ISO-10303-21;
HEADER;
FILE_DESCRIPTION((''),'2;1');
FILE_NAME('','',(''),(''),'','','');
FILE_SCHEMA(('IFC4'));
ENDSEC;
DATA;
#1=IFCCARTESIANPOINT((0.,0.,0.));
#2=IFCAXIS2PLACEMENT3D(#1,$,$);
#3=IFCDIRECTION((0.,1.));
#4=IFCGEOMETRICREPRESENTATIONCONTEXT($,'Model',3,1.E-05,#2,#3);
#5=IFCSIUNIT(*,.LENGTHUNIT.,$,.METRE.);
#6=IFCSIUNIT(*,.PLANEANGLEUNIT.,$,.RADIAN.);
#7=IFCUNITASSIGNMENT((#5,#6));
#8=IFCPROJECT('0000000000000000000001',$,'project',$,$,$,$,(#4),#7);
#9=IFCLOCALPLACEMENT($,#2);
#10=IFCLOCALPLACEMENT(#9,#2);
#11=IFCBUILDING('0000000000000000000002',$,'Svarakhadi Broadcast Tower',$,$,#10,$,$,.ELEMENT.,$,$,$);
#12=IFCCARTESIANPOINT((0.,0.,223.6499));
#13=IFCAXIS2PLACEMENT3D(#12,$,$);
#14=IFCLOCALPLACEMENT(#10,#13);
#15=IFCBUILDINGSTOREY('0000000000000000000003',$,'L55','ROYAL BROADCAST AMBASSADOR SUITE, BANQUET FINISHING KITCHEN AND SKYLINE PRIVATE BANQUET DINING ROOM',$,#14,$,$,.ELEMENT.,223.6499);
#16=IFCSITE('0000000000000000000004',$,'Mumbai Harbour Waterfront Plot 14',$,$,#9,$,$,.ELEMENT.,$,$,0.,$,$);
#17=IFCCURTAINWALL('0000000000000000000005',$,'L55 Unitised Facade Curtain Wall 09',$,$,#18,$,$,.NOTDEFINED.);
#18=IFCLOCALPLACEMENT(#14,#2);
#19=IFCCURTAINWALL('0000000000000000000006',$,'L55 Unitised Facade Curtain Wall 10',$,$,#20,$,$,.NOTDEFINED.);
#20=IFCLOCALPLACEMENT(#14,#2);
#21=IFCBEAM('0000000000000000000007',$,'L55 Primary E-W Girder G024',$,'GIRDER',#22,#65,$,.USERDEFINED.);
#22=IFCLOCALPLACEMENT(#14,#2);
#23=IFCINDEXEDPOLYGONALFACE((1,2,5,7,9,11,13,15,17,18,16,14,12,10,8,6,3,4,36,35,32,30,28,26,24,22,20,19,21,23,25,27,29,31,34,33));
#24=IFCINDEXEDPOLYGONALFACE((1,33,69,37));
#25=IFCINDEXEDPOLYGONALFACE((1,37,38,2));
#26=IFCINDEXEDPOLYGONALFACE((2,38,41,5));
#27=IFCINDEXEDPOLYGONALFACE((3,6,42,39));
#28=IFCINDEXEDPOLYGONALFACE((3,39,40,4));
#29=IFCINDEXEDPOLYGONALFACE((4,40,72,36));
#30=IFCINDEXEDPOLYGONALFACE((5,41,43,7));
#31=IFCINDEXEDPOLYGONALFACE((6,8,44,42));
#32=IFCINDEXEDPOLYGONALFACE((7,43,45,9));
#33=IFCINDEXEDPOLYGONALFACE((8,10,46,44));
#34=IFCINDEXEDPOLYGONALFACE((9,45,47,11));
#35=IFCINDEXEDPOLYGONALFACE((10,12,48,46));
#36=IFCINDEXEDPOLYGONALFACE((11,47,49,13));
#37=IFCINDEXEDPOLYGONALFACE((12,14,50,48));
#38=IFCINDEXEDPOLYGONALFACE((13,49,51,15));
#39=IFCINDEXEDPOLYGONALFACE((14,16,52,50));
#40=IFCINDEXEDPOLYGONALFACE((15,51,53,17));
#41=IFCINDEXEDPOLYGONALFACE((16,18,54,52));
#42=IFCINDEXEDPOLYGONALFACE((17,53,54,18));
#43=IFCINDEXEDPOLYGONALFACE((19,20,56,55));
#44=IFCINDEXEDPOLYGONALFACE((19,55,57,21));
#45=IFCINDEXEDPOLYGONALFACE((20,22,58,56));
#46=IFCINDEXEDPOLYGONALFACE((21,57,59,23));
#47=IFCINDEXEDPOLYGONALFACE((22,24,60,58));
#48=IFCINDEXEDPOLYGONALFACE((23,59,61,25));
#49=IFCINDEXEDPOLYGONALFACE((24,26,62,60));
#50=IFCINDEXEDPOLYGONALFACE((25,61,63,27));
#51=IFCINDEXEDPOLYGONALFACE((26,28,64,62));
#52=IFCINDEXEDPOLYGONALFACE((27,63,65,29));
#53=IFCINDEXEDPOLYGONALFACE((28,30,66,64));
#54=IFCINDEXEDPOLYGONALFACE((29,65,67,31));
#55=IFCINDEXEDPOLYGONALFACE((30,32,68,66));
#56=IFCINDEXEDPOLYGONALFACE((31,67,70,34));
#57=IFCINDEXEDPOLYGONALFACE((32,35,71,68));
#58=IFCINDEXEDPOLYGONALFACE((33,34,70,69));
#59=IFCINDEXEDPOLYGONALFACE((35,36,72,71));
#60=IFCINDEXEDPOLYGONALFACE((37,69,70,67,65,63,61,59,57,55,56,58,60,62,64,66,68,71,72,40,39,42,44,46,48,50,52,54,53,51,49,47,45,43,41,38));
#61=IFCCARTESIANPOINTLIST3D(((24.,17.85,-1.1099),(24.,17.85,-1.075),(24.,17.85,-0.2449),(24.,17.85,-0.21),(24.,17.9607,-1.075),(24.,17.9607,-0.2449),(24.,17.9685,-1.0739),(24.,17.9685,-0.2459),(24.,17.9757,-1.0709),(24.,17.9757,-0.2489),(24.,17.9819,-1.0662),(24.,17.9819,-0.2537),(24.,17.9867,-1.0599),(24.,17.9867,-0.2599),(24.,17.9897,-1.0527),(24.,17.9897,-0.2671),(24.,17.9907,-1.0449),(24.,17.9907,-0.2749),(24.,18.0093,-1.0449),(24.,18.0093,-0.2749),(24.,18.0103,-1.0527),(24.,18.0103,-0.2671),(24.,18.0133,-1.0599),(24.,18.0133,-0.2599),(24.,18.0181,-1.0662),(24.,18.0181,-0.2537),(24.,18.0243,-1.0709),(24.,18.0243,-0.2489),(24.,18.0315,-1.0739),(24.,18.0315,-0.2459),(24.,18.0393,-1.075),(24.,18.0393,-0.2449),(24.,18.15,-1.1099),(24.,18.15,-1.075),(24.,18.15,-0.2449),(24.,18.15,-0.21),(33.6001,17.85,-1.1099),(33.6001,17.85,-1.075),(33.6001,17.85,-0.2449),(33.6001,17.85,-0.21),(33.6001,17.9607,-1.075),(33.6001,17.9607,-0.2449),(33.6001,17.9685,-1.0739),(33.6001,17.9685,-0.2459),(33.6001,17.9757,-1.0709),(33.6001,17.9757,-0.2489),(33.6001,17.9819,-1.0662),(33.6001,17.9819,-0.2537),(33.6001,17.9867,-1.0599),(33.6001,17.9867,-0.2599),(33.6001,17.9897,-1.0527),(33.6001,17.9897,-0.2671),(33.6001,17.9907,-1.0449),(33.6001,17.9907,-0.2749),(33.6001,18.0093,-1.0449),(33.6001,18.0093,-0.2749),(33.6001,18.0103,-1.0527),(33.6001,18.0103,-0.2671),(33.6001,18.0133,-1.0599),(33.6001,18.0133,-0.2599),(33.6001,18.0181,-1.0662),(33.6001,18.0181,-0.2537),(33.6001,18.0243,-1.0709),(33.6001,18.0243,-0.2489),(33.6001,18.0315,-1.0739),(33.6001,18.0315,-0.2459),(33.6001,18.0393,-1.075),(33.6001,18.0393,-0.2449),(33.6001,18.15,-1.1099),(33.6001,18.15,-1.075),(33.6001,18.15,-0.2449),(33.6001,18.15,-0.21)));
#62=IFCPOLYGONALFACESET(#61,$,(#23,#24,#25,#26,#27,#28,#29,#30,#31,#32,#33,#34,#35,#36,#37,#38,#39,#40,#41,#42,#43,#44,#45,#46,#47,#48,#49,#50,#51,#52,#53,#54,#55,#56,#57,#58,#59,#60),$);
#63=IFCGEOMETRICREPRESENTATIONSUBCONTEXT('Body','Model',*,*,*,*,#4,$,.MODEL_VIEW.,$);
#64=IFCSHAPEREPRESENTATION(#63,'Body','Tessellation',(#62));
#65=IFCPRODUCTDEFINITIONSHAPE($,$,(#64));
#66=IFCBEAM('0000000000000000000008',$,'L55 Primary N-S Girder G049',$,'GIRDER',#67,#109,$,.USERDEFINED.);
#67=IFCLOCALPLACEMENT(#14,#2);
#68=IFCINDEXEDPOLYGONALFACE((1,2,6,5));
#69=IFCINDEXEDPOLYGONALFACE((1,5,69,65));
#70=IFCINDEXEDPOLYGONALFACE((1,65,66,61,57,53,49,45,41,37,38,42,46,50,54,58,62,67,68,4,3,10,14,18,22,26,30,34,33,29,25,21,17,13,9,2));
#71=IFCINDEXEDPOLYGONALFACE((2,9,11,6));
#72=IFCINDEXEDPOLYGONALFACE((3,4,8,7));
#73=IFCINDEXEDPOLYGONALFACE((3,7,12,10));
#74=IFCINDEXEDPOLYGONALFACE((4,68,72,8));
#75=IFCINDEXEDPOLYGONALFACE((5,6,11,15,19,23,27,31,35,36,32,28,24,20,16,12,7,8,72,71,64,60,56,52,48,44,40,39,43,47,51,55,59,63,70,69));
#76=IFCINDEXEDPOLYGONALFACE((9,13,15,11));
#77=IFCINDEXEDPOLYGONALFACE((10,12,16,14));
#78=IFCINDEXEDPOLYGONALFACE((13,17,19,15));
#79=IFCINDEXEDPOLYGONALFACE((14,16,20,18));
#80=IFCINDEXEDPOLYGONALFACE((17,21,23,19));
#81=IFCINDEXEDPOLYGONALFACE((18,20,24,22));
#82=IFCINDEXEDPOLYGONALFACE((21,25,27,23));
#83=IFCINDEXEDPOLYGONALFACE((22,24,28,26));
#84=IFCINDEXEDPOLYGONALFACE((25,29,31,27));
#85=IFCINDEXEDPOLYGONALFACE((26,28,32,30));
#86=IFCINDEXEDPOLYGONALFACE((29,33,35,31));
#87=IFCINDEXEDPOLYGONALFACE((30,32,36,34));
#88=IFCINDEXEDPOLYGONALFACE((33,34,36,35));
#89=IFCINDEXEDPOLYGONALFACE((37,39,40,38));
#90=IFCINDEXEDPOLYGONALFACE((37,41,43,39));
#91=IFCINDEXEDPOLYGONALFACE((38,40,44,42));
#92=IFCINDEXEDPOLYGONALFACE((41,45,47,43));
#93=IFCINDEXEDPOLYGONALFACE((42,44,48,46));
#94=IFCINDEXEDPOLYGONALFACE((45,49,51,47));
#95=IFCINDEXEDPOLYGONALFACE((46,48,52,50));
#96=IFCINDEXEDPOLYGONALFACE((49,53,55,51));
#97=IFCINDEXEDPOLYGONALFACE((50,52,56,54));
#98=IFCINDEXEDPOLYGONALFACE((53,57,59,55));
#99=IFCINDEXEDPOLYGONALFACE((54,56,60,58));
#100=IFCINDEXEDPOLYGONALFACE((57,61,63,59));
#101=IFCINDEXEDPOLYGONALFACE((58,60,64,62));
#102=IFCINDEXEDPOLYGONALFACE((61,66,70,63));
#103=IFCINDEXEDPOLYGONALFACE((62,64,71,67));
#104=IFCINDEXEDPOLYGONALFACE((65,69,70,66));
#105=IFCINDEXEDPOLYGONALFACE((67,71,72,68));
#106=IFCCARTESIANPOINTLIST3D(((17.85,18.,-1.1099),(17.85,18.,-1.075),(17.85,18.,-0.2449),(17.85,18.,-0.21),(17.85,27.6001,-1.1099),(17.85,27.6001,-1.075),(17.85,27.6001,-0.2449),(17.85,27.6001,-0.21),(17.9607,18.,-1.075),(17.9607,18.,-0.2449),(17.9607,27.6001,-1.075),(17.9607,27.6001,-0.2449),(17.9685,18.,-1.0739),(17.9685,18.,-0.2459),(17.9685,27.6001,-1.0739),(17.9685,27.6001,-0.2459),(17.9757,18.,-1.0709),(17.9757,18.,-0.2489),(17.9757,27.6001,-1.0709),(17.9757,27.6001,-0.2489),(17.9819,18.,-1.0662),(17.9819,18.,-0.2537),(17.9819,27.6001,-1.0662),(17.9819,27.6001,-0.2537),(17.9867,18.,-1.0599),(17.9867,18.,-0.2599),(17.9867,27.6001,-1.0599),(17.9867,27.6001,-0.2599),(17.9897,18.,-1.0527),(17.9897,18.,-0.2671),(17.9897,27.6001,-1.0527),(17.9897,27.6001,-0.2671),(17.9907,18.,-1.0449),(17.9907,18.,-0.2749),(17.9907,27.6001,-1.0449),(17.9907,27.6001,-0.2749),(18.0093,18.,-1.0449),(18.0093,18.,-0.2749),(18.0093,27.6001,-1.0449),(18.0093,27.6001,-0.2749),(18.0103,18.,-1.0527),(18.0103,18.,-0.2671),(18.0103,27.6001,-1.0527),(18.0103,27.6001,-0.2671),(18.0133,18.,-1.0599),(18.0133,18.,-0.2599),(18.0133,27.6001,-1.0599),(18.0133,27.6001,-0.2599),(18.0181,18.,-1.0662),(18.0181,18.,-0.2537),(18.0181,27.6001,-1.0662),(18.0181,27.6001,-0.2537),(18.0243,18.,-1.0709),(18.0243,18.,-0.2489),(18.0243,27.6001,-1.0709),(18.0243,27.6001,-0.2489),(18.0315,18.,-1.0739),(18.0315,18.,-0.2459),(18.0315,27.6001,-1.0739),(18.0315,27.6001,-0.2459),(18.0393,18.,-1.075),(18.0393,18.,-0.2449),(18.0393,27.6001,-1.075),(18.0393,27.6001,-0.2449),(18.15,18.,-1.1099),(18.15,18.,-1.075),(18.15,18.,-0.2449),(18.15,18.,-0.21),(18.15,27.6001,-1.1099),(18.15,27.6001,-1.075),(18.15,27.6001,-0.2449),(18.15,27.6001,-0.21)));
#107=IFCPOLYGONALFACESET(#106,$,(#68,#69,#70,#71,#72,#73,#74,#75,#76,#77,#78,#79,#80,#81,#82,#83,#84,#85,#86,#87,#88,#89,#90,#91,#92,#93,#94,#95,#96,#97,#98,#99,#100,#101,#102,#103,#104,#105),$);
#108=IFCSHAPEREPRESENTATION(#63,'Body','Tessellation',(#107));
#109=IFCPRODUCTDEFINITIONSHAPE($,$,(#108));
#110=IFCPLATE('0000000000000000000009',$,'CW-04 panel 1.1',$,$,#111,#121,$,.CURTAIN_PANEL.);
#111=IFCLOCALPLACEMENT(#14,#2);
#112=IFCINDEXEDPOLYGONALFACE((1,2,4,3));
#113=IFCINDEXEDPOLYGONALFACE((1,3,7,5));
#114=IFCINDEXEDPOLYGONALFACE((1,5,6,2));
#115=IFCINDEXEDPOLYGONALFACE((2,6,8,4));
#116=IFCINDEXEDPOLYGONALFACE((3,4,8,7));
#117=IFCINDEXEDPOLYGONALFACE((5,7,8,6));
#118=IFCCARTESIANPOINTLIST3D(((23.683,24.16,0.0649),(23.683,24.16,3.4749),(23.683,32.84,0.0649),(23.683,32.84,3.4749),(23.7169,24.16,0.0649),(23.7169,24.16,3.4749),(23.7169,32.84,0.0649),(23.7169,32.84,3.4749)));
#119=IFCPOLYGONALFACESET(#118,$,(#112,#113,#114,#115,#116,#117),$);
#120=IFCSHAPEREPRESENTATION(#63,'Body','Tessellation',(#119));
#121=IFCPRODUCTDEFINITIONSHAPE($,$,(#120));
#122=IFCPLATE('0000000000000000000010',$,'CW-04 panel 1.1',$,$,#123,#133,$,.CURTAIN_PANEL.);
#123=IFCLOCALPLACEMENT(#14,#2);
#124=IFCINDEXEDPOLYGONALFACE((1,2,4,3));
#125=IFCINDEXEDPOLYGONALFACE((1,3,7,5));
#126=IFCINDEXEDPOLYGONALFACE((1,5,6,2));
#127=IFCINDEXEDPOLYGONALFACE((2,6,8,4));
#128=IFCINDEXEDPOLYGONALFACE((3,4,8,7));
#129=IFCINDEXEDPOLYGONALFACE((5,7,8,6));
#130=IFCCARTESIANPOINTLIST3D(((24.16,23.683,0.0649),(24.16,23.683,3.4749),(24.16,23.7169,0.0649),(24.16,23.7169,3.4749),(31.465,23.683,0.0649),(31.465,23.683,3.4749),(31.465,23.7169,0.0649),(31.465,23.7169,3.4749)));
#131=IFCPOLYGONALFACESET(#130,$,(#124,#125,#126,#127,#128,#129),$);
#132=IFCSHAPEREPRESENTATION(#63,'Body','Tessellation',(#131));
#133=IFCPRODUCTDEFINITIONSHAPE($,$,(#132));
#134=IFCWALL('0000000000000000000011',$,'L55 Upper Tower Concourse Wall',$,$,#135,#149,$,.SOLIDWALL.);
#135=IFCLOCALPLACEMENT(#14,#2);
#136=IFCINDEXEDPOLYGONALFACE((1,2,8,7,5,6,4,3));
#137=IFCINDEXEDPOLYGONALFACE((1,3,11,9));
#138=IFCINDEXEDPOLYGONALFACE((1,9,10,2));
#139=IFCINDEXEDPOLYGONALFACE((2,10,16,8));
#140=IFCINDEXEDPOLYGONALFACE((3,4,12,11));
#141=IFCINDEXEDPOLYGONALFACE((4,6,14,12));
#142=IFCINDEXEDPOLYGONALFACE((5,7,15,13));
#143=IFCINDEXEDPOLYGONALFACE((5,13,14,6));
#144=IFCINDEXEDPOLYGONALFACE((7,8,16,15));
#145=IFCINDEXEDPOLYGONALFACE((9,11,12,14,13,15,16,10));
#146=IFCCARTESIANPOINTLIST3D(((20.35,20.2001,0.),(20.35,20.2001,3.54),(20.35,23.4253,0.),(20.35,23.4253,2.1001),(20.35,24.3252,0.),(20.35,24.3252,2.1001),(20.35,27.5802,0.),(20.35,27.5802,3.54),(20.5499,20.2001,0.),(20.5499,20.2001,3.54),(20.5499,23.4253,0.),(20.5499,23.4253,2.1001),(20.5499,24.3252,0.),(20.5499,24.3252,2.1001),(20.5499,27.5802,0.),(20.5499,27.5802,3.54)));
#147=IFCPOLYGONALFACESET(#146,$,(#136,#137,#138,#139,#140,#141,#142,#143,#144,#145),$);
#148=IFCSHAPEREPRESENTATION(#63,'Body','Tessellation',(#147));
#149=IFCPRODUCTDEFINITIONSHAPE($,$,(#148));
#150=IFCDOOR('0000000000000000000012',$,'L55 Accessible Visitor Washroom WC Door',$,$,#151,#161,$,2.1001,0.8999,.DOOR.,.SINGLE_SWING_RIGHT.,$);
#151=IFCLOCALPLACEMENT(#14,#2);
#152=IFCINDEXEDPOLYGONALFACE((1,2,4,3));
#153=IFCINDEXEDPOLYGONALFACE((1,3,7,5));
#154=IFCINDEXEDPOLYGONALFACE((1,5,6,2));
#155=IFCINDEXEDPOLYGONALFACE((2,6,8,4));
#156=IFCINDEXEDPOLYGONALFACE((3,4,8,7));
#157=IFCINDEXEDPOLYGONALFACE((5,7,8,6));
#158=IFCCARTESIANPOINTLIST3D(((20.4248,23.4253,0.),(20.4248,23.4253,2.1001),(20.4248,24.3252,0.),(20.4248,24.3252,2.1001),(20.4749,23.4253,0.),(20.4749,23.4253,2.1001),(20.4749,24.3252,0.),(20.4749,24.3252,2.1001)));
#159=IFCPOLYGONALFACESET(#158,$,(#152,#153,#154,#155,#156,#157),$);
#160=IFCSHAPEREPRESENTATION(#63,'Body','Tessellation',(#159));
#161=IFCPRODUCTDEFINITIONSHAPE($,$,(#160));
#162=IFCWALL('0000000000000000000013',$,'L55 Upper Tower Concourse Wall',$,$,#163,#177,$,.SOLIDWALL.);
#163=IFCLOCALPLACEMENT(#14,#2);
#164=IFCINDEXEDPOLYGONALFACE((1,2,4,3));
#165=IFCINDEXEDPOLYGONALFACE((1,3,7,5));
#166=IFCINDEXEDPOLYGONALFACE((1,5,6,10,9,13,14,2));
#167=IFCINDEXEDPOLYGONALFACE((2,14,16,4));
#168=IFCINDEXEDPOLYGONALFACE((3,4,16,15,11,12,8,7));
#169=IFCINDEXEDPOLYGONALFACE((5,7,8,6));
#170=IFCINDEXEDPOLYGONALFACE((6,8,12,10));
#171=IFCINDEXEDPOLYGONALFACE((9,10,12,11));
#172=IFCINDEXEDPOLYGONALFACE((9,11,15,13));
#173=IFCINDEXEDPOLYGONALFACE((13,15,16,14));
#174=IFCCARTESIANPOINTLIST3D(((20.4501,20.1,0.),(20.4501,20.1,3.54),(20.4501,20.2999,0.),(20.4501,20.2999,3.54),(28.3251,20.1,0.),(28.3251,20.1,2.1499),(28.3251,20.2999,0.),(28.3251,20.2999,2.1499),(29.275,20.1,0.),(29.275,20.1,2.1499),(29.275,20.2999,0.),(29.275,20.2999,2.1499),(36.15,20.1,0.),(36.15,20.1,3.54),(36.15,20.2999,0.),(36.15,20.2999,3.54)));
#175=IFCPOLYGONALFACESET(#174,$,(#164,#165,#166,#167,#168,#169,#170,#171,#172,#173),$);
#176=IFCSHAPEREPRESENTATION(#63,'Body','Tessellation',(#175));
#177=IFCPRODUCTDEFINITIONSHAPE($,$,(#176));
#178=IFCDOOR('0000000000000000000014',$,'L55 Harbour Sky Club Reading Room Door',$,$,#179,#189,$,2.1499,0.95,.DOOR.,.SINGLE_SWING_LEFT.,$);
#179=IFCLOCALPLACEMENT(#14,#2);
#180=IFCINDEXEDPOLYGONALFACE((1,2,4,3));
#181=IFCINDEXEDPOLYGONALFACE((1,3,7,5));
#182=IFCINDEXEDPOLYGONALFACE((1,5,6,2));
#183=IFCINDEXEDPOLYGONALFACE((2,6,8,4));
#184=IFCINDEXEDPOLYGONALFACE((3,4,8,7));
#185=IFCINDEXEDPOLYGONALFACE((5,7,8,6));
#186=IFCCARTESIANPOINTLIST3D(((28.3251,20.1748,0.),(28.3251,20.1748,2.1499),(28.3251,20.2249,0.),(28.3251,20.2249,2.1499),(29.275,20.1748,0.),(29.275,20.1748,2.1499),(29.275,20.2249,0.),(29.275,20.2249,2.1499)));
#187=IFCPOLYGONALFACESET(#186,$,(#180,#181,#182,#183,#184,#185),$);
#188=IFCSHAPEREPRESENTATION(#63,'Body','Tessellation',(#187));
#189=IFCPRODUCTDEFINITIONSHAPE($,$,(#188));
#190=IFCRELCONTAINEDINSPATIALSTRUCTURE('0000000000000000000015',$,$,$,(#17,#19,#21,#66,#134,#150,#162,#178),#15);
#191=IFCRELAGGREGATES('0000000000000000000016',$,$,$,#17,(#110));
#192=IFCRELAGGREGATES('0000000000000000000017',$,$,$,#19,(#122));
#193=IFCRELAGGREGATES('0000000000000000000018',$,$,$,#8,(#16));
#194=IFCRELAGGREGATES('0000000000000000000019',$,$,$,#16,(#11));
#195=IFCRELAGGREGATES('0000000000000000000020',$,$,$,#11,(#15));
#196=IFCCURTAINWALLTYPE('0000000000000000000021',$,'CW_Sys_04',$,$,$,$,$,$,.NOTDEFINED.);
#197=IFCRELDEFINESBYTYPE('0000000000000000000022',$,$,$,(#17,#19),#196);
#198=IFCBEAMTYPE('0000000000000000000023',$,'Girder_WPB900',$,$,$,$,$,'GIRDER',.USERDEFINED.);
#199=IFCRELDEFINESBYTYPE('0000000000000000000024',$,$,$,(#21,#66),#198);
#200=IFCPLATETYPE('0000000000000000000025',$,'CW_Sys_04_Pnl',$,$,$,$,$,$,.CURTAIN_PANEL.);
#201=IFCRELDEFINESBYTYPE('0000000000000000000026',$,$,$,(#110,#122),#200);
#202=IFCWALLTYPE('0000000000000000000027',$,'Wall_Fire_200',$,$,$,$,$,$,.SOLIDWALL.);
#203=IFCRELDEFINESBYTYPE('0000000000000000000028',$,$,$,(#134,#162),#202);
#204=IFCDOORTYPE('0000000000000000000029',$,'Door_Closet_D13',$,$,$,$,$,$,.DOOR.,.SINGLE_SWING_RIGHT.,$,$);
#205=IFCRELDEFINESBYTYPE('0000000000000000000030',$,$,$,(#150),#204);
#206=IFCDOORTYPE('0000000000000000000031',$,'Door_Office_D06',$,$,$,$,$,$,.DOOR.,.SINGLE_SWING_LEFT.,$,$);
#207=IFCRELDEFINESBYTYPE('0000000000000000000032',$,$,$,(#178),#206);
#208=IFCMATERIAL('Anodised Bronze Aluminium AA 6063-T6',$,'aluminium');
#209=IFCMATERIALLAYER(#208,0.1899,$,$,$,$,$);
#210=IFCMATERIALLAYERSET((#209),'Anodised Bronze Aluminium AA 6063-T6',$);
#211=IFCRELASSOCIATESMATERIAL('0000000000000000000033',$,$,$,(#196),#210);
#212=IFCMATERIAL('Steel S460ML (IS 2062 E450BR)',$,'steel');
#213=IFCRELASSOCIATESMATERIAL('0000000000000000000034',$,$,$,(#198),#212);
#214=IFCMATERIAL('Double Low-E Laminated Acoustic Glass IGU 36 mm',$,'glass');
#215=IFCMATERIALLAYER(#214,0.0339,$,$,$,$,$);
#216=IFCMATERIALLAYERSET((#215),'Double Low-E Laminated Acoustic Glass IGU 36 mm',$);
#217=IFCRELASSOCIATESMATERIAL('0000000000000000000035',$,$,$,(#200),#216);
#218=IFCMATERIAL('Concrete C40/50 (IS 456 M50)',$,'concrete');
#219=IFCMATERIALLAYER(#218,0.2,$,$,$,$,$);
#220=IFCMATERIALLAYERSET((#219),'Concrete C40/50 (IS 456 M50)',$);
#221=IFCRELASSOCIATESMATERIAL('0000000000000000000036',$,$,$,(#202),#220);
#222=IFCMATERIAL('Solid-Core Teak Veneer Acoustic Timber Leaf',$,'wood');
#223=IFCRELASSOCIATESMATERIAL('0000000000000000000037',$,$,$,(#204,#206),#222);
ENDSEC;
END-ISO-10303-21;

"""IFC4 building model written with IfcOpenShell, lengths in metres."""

from ifc_helpers import new_model, si_unit, direction, frame, frame_2d, origin, origin_2d, place, context, subcontext, project, spatial, rectangle, i_section, extrude, material, layer, layer_set, material_profile, profile_set, type_object, element, fill, aggregate, save


model = new_model("IFC4")

# Units and contexts
model_context = context("Model", 3, precision=1e-05, world=origin(), true_north=direction((0.0, 1.0)))
body_context = subcontext(model_context, "Body", "Model", "MODEL_VIEW")
ifc_project = project(units=[si_unit("LENGTHUNIT", "METRE"), si_unit("PLANEANGLEUNIT", "RADIAN")], contexts=[model_context])

# Site, building, storey
site_placement = place(None, origin())
site = spatial("IfcSite", under=ifc_project, at=site_placement, Name="Mumbai Harbour Waterfront Plot 14", CompositionType="ELEMENT", RefElevation=0.0)
building_placement = place(site_placement, origin())
building = spatial("IfcBuilding", under=site, at=building_placement, Name="Svarakhadi Broadcast Tower", CompositionType="ELEMENT")
storey_placement = place(building_placement, frame((0.0, 0.0, 223.6499)))
storey = spatial("IfcBuildingStorey", under=building, at=storey_placement, Name="L55", Description="ROYAL BROADCAST AMBASSADOR SUITE, BANQUET FINISHING KITCHEN AND SKYLINE PRIVATE BANQUET DINING ROOM", CompositionType="ELEMENT", Elevation=223.6499)

# Curtain wall
ifc_material_1 = material(Name="Anodised Bronze Aluminium AA 6063-T6", Category="aluminium")
ifc_layer_1 = layer(ifc_material_1, 0.1899)
ifc_layer_set_1 = layer_set([ifc_layer_1], Name="Anodised Bronze Aluminium AA 6063-T6")
curtain_wall_type = type_object("IfcCurtainWallType", Name="CW_Sys_04", PredefinedType="NOTDEFINED", material=ifc_layer_set_1)
curtain_wall_1_placement = place(storey_placement, origin())
curtain_wall_1 = element("IfcCurtainWall", 1, at=curtain_wall_1_placement, inside=storey, type_object=curtain_wall_type, Name="L55 Unitised Facade Curtain Wall 09", PredefinedType="NOTDEFINED")

# Curtain wall
curtain_wall_2_placement = place(storey_placement, origin())
curtain_wall_2 = element("IfcCurtainWall", 2, at=curtain_wall_2_placement, inside=storey, type_object=curtain_wall_type, Name="L55 Unitised Facade Curtain Wall 10", PredefinedType="NOTDEFINED")

# Beams
ifc_material_2 = material(Name="Steel S460ML (IS 2062 E450BR)", Category="steel")
ifc_material_profile_1 = material_profile(ifc_material_2, i_section(OverallWidth=0.3, OverallDepth=0.8999, WebThickness=0.0186, FlangeThickness=0.0349, FilletRadius=0.03, at=origin_2d()), Name="WPB 900x300x291")
ifc_profile_set_1 = profile_set([ifc_material_profile_1], Name="Steel S460ML (IS 2062 E450BR)")
beam_type_1 = type_object("IfcBeamType", Name="Girder_WPB900", ElementType="GIRDER", PredefinedType="USERDEFINED", material=ifc_profile_set_1)
for number, where, z_axis, x_axis, name in (
    (3, (24.0, 18.0, -0.6599), (1.0, 0.0, 0.0), (0.0, 1.0, 0.0), "L55 Primary E-W Girder G024"),
    (4, (18.0, 18.0, -0.6599), (0.0, 1.0, 0.0), (-1.0, 0.0, 0.0), "L55 Primary N-S Girder G049"),
):
    element("IfcBeam", number, at=place(storey_placement, frame(where, z_axis=z_axis, x_axis=x_axis)), inside=storey, type_object=beam_type_1, Name=name, ObjectType="GIRDER", PredefinedType="USERDEFINED", context=body_context, shape_type="SweptSolid", body=[
        extrude(i_section(OverallWidth=0.3, OverallDepth=0.8999, WebThickness=0.0186, FlangeThickness=0.0349, FilletRadius=0.03, at=origin_2d()), origin(), (0.0, 0.0, 1.0), 9.6001),
    ])

# Plates
ifc_material_3 = material(Name="Double Low-E Laminated Acoustic Glass IGU 36 mm", Category="glass")
ifc_layer_2 = layer(ifc_material_3, 0.0339)
ifc_layer_set_2 = layer_set([ifc_layer_2], Name="Double Low-E Laminated Acoustic Glass IGU 36 mm")
plate_type = type_object("IfcPlateType", Name="CW_Sys_04_Pnl", PredefinedType="CURTAIN_PANEL", material=ifc_layer_set_2)
plate_1_placement = place(storey_placement, frame((23.7, 28.5, 0.0649), z_axis=(0.0, 0.0, 1.0), x_axis=(0.0, -1.0, 0.0)))
plate_1 = element("IfcPlate", 5, at=plate_1_placement, type_object=plate_type, Name="CW-04 panel 1.1", PredefinedType="CURTAIN_PANEL", context=body_context, shape_type="SweptSolid", body=[
    extrude(rectangle(XDim=8.6799, YDim=0.0339, at=origin_2d()), origin(), (0.0, 0.0, 1.0), 3.4099),
])
aggregate(curtain_wall_1, [plate_1])
plate_2_placement = place(storey_placement, frame((27.8125, 23.7, 0.0649), z_axis=(0.0, 0.0, 1.0), x_axis=(1.0, 0.0, 0.0)))
plate_2 = element("IfcPlate", 6, at=plate_2_placement, type_object=plate_type, Name="CW-04 panel 1.1", PredefinedType="CURTAIN_PANEL", context=body_context, shape_type="SweptSolid", body=[
    extrude(rectangle(XDim=7.3049, YDim=0.0339, at=origin_2d()), origin(), (0.0, 0.0, 1.0), 3.4099),
])
aggregate(curtain_wall_2, [plate_2])

# Walls, openings, doors
ifc_material_4 = material(Name="Concrete C40/50 (IS 456 M50)", Category="concrete")
ifc_layer_3 = layer(ifc_material_4, 0.2)
ifc_layer_set_3 = layer_set([ifc_layer_3], Name="Concrete C40/50 (IS 456 M50)")
wall_type_1 = type_object("IfcWallType", Name="Wall_Fire_200", PredefinedType="SOLIDWALL", material=ifc_layer_set_3)
wall_1_placement = place(storey_placement, frame((20.45, 27.5801, 0.0), z_axis=(0.0, 0.0, 1.0), x_axis=(0.0, -1.0, 0.0)))
wall_1 = element("IfcWall", 7, at=wall_1_placement, inside=storey, type_object=wall_type_1, Name="L55 Upper Tower Concourse Wall", PredefinedType="SOLIDWALL", context=body_context, shape_type="SweptSolid", body=[
    extrude(rectangle(XDim=7.3801, YDim=0.2, at=frame_2d((3.6899, 0.0))), origin(), (0.0, 0.0, 1.0), 3.54),
])
opening_1_placement = place(wall_1_placement, frame((3.2549, 0.0, 0.0)))
opening_1 = element("IfcOpeningElement", 8, at=opening_1_placement, cuts=wall_1, PredefinedType="OPENING", context=body_context, shape_type="SweptSolid", body=[
    extrude(rectangle(XDim=0.8999, YDim=2.1001, at=frame_2d((0.45, 1.05))), frame((0.0, 0.1099, 0.0), z_axis=(0.0, -1.0, 0.0), x_axis=(1.0, 0.0, 0.0)), (0.0, 0.0, 1.0), 0.22),
])
ifc_material_5 = material(Name="Solid-Core Teak Veneer Acoustic Timber Leaf", Category="wood")
door_type_1 = type_object("IfcDoorType", Name="Door_Closet_D13", OperationType="SINGLE_SWING_RIGHT", PredefinedType="DOOR", material=ifc_material_5)
door_1_placement = place(opening_1_placement, origin())
door_1 = element("IfcDoor", 9, at=door_1_placement, inside=storey, type_object=door_type_1, Name="L55 Accessible Visitor Washroom WC Door", OperationType="SINGLE_SWING_RIGHT", OverallHeight=2.1001, OverallWidth=0.8999, PredefinedType="DOOR", context=body_context, shape_type="SweptSolid", body=[
    extrude(rectangle(XDim=0.8999, YDim=2.1001, at=frame_2d((0.45, 1.05))), frame((0.0, 0.0249, 0.0), z_axis=(0.0, -1.0, 0.0), x_axis=(1.0, 0.0, 0.0)), (0.0, 0.0, 1.0), 0.05),
])
fill(opening_1, door_1)
wall_2_placement = place(storey_placement, frame((20.45, 20.2, 0.0), z_axis=(0.0, 0.0, 1.0), x_axis=(1.0, 0.0, 0.0)))
wall_2 = element("IfcWall", 10, at=wall_2_placement, inside=storey, type_object=wall_type_1, Name="L55 Upper Tower Concourse Wall", PredefinedType="SOLIDWALL", context=body_context, shape_type="SweptSolid", body=[
    extrude(rectangle(XDim=15.7, YDim=0.2, at=frame_2d((7.8501, 0.0))), origin(), (0.0, 0.0, 1.0), 3.54),
])
opening_2_placement = place(wall_2_placement, frame((7.875, 0.0, 0.0)))
opening_2 = element("IfcOpeningElement", 11, at=opening_2_placement, cuts=wall_2, PredefinedType="OPENING", context=body_context, shape_type="SweptSolid", body=[
    extrude(rectangle(XDim=0.95, YDim=2.1499, at=frame_2d((0.4751, 1.075))), frame((0.0, 0.1099, 0.0), z_axis=(0.0, -1.0, 0.0), x_axis=(1.0, 0.0, 0.0)), (0.0, 0.0, 1.0), 0.22),
])
door_type_2 = type_object("IfcDoorType", Name="Door_Office_D06", OperationType="SINGLE_SWING_LEFT", PredefinedType="DOOR", material=ifc_material_5)
door_2_placement = place(opening_2_placement, origin())
door_2 = element("IfcDoor", 12, at=door_2_placement, inside=storey, type_object=door_type_2, Name="L55 Harbour Sky Club Reading Room Door", OperationType="SINGLE_SWING_LEFT", OverallHeight=2.1499, OverallWidth=0.95, PredefinedType="DOOR", context=body_context, shape_type="SweptSolid", body=[
    extrude(rectangle(XDim=0.95, YDim=2.1499, at=frame_2d((0.4751, 1.075))), frame((0.0, 0.0249, 0.0), z_axis=(0.0, -1.0, 0.0), x_axis=(1.0, 0.0, 0.0)), (0.0, 0.0, 1.0), 0.05),
])
fill(opening_2, door_2)

save(model, "model.ifc")
